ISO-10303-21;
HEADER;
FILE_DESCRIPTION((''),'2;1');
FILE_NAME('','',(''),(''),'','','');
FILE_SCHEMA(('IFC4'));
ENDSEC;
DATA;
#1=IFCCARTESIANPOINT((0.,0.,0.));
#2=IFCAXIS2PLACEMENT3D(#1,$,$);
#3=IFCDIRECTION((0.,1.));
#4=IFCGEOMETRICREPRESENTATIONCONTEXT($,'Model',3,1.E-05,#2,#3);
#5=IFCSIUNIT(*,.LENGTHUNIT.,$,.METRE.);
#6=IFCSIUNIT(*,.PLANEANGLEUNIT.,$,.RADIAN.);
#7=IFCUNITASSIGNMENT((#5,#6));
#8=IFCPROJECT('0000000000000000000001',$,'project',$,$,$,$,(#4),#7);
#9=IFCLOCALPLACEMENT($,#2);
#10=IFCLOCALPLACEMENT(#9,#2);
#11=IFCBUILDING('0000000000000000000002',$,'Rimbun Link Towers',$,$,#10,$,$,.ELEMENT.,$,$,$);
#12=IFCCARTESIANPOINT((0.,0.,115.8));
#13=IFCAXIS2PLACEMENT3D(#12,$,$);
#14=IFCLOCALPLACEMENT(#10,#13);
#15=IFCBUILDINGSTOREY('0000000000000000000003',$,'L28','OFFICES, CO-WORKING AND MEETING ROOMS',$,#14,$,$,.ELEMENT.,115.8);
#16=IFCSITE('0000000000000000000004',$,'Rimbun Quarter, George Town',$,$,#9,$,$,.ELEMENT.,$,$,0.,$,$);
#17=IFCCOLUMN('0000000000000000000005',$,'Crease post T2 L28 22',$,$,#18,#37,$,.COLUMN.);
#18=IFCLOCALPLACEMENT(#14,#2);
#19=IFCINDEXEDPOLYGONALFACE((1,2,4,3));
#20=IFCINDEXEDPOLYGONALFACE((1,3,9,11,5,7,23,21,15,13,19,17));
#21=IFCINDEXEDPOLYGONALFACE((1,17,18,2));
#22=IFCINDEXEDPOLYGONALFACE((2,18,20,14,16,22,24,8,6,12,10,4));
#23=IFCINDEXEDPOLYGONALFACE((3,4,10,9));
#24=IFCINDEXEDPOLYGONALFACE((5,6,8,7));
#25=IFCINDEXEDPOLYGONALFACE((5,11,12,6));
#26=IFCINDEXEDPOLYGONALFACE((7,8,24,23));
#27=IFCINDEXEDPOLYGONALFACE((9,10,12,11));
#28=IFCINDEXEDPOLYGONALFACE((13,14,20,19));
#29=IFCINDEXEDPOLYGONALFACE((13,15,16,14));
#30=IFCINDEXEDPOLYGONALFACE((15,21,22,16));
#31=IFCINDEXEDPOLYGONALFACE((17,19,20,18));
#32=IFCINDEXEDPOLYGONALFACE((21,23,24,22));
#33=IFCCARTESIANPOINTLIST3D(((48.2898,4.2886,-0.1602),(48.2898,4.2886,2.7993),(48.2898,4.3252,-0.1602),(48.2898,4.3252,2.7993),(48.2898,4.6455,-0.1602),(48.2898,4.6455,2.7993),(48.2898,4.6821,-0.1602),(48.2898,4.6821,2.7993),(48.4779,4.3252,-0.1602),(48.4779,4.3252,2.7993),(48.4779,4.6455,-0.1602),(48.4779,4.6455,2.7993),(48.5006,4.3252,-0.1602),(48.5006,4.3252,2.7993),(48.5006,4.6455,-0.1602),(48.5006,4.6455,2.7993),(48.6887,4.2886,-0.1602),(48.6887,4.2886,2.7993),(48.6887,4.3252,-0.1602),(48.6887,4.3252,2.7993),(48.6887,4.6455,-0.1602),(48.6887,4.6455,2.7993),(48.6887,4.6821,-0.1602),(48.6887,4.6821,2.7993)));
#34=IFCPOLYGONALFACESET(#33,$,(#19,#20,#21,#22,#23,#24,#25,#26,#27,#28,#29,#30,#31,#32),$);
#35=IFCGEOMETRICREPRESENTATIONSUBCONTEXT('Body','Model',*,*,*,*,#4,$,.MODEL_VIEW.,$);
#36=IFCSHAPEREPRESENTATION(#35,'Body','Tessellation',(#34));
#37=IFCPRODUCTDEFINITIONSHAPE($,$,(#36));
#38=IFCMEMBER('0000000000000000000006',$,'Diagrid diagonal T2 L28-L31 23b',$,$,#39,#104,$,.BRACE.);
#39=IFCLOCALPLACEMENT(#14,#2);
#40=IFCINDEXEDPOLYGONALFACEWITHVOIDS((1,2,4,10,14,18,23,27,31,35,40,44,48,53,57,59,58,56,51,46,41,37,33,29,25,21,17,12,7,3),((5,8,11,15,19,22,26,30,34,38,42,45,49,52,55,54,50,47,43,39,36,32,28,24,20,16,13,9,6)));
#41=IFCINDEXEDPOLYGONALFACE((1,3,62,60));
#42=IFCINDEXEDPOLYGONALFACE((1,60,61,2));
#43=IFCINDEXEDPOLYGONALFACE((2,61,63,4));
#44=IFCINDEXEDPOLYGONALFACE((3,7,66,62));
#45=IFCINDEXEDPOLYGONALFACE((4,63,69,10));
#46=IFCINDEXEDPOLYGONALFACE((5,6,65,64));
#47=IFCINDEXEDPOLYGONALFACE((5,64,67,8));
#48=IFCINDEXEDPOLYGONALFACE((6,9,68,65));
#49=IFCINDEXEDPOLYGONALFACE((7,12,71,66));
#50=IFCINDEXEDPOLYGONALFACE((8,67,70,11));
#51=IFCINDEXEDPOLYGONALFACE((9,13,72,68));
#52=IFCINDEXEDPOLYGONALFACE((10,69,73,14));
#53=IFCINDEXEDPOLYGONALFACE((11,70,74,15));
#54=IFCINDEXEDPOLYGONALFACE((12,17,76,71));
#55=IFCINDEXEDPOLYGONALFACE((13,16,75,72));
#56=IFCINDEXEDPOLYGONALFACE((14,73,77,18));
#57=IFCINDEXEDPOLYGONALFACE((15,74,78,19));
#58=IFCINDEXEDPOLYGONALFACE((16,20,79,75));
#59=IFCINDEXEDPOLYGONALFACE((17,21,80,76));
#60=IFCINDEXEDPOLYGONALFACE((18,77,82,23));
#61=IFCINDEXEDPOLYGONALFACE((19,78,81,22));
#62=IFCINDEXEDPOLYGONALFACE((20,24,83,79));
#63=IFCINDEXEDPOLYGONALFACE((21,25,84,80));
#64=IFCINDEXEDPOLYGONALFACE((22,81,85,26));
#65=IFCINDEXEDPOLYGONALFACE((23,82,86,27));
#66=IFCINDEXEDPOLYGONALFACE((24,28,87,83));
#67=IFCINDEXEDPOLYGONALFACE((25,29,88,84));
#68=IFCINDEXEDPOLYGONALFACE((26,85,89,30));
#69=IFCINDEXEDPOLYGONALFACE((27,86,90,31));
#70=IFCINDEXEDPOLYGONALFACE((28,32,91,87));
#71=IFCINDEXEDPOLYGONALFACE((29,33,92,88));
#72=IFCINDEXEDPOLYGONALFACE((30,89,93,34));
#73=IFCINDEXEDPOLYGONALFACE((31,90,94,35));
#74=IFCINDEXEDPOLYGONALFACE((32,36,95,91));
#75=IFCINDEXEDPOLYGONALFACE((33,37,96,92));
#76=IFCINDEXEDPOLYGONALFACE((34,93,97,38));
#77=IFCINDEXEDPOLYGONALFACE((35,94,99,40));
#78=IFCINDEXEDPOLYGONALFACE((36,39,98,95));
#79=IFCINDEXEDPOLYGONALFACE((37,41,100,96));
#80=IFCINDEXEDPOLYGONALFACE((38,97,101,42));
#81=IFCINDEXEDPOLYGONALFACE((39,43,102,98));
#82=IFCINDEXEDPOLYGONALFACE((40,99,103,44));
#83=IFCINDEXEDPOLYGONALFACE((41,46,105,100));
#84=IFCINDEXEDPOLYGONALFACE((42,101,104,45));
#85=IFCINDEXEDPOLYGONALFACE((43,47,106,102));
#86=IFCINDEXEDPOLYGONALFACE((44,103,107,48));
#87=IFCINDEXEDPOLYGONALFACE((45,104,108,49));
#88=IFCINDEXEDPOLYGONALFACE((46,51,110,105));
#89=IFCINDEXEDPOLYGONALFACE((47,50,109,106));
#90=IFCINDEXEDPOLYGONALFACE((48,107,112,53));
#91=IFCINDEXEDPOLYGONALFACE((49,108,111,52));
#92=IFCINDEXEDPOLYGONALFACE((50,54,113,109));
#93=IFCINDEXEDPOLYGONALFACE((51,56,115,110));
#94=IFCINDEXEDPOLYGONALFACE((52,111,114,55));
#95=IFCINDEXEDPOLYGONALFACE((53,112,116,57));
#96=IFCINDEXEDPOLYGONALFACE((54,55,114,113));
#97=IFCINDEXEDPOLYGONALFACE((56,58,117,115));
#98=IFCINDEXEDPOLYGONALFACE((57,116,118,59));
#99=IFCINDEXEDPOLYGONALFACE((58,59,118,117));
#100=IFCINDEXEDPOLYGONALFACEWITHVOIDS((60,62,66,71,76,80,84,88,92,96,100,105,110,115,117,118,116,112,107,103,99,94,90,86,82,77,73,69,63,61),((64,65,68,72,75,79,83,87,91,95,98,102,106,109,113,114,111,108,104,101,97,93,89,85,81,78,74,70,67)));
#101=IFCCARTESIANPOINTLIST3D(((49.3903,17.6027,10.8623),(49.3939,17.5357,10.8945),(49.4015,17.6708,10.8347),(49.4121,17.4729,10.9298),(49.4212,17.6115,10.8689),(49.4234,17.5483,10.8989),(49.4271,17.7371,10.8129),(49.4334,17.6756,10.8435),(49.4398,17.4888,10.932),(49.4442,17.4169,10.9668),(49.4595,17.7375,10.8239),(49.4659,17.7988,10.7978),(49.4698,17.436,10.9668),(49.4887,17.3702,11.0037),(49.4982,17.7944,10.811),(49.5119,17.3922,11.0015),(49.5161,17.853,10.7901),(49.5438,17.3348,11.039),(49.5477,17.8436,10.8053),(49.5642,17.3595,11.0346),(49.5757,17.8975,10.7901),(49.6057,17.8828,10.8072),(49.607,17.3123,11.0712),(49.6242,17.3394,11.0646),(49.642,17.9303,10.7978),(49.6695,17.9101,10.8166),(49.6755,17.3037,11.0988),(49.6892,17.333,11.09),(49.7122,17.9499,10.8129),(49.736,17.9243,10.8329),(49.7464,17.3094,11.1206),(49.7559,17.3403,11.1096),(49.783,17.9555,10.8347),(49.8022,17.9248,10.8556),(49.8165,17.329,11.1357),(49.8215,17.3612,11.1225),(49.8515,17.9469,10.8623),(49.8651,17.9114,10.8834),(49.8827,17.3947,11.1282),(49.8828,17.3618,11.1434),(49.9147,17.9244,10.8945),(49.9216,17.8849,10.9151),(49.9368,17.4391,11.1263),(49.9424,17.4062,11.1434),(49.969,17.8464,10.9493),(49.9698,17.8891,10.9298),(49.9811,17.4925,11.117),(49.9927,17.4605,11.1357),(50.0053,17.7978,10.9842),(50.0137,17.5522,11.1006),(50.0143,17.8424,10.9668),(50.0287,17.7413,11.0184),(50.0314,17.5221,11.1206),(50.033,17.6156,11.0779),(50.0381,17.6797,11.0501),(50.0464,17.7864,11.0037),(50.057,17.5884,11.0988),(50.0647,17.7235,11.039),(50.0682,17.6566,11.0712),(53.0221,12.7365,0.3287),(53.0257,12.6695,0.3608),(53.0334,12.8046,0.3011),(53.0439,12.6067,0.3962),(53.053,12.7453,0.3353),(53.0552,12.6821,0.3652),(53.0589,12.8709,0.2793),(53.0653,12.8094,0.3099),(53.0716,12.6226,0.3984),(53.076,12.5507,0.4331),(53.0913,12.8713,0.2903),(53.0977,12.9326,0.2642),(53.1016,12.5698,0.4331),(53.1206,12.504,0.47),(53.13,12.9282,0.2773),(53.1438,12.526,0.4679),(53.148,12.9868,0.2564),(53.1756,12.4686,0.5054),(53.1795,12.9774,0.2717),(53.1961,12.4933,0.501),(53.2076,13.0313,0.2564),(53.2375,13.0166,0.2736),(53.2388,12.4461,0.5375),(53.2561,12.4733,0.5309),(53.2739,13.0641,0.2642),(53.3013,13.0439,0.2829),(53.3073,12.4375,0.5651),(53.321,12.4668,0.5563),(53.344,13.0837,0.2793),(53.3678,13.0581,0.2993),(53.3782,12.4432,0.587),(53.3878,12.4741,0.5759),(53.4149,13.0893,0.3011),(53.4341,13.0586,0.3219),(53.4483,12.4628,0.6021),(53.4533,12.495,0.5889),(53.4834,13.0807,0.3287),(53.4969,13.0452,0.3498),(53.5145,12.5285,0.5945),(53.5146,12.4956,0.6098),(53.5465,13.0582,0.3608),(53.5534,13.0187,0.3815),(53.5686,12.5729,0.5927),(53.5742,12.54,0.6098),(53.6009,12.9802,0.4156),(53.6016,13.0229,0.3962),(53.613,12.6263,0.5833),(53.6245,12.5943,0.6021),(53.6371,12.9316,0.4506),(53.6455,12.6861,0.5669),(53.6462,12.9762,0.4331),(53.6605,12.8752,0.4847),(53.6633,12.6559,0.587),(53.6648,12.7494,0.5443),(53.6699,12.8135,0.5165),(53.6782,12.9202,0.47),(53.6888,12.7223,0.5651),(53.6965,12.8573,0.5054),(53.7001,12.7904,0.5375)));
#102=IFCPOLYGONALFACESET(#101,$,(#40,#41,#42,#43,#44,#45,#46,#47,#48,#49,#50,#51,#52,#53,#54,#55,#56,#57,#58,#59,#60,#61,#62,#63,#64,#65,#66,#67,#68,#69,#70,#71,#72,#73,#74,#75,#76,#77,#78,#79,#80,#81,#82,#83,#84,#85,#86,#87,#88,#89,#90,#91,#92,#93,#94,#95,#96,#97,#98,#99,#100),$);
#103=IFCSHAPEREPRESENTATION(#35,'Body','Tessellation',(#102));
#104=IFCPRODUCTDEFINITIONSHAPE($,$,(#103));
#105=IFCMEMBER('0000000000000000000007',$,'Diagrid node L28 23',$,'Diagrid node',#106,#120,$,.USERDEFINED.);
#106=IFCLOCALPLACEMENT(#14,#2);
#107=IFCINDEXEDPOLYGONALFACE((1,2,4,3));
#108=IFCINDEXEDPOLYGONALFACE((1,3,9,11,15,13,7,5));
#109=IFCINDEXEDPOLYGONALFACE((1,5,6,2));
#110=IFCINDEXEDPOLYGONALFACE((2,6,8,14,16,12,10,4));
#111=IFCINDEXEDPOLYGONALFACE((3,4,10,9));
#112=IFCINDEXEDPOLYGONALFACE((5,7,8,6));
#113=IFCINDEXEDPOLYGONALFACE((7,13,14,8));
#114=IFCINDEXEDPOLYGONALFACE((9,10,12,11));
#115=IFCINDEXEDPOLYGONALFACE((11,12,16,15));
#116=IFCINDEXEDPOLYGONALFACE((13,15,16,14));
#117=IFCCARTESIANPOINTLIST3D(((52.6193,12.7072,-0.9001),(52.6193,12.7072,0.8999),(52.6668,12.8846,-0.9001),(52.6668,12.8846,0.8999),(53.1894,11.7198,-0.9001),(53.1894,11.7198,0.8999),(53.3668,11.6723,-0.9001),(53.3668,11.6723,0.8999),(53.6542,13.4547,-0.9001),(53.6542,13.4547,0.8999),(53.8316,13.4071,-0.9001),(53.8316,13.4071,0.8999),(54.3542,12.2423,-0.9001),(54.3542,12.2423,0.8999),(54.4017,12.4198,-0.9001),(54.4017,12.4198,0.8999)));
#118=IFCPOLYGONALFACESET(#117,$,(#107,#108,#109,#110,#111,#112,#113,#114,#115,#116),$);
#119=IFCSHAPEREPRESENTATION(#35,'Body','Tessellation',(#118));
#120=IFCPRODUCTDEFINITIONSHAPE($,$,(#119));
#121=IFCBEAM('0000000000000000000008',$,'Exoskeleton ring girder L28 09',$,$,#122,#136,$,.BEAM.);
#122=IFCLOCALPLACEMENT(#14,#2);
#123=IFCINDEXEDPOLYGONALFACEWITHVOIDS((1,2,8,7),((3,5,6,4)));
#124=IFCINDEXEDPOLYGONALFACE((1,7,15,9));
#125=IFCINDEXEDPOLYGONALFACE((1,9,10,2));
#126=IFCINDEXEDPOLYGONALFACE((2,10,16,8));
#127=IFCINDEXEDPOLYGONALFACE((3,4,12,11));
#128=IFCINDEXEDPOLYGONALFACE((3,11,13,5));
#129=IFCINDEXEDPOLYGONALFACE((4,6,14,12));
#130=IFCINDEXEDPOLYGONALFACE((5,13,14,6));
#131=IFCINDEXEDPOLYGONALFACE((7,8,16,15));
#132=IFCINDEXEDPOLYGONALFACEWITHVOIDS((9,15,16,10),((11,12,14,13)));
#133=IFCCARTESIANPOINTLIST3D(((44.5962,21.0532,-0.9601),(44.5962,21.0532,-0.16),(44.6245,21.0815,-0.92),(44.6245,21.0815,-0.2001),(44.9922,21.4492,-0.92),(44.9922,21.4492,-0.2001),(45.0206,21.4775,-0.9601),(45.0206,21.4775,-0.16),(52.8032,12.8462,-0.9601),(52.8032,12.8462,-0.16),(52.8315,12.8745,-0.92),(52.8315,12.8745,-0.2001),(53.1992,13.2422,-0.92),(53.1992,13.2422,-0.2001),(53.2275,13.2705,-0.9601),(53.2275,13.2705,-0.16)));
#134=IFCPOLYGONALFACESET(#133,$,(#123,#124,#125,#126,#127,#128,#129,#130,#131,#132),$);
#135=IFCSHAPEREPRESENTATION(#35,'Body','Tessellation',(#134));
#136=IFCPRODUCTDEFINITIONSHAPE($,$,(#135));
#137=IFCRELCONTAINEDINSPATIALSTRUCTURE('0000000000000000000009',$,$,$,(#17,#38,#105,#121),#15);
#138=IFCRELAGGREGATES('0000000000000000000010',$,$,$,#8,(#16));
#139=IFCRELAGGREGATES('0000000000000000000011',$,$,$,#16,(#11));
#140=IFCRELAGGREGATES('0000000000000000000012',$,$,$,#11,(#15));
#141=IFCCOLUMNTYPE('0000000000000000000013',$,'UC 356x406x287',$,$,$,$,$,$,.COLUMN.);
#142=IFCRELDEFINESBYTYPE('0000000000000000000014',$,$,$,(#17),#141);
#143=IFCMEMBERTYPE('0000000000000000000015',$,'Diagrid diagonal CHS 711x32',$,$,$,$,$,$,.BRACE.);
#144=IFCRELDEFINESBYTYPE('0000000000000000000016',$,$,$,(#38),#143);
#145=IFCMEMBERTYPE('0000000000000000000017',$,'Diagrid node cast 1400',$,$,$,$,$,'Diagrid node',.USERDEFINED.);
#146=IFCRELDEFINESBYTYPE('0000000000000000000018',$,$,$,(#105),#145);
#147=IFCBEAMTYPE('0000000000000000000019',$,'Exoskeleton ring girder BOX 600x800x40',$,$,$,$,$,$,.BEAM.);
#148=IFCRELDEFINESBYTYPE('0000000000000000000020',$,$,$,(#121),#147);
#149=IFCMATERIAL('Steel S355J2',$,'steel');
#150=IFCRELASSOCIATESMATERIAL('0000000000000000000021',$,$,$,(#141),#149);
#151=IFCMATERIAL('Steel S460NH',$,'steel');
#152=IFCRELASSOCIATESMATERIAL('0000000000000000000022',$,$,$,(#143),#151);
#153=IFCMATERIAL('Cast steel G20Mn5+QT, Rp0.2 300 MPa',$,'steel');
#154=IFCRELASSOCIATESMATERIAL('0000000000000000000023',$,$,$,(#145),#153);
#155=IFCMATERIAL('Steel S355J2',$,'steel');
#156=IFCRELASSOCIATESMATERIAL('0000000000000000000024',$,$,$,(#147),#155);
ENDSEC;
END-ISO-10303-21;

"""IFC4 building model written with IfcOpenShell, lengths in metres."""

from ifc_helpers import new_model, si_unit, direction, frame, origin, origin_2d, place, context, subcontext, project, spatial, polyline, hollow_rectangle, hollow_circle, i_section, outline, extrude, material, material_profile, profile_set, type_object, element, save


model = new_model("IFC4")

# Units and contexts
model_context = context("Model", 3, precision=1e-05, world=origin(), true_north=direction((0.0, 1.0)))
body_context = subcontext(model_context, "Body", "Model", "MODEL_VIEW")
ifc_project = project(units=[si_unit("LENGTHUNIT", "METRE"), si_unit("PLANEANGLEUNIT", "RADIAN")], contexts=[model_context])

# Site, building, storey
site_placement = place(None, origin())
site = spatial("IfcSite", under=ifc_project, at=site_placement, Name="Rimbun Quarter, George Town", CompositionType="ELEMENT", RefElevation=0.0)
building_placement = place(site_placement, origin())
building = spatial("IfcBuilding", under=site, at=building_placement, Name="Rimbun Link Towers", CompositionType="ELEMENT")
storey_placement = place(building_placement, frame((0.0, 0.0, 115.8)))
storey = spatial("IfcBuildingStorey", under=building, at=storey_placement, Name="L28", Description="OFFICES, CO-WORKING AND MEETING ROOMS", CompositionType="ELEMENT", Elevation=115.8)

# Column
ifc_material_1 = material(Name="Steel S355J2", Category="steel")
ifc_material_profile_1 = material_profile(ifc_material_1, i_section(OverallWidth=0.3989, OverallDepth=0.3936, WebThickness=0.0227, FlangeThickness=0.0366, at=origin_2d()), Name="UC 356x406x287")
ifc_profile_set_1 = profile_set([ifc_material_profile_1], Name="Steel S355J2")
column_type = type_object("IfcColumnType", Name="UC 356x406x287", PredefinedType="COLUMN", material=ifc_profile_set_1)
column_placement = place(storey_placement, frame((48.4893, 4.4854, -0.1602), z_axis=(0.0, 0.0, 1.0), x_axis=(1.0, 0.0, 0.0)))
element("IfcColumn", 1, at=column_placement, inside=storey, type_object=column_type, Name="Crease post T2 L28 22", PredefinedType="COLUMN", context=body_context, shape_type="SweptSolid", body=[
    extrude(i_section(OverallWidth=0.3989, OverallDepth=0.3936, WebThickness=0.0227, FlangeThickness=0.0366, at=origin_2d()), origin(), (0.0, 0.0, 1.0), 2.9595),
])

# Members
ifc_material_2 = material(Name="Steel S460NH", Category="steel")
ifc_material_profile_2 = material_profile(ifc_material_2, hollow_circle(Radius=0.3557, WallThickness=0.032, at=origin_2d()), Name="Diagrid diagonal CHS 711x32")
ifc_profile_set_2 = profile_set([ifc_material_profile_2], Name="Steel S460NH")
member_type_1 = type_object("IfcMemberType", Name="Diagrid diagonal CHS 711x32", PredefinedType="BRACE", material=ifc_profile_set_2)
member_1_placement = place(storey_placement, frame((53.3611, 12.7634, 0.4331), z_axis=(-0.298708, 0.400231, 0.866365), x_axis=(-0.801407, -0.59812, 0.0)))
element("IfcMember", 2, at=member_1_placement, inside=storey, type_object=member_type_1, Name="Diagrid diagonal T2 L28-L31 23b", PredefinedType="BRACE", context=body_context, shape_type="SweptSolid", body=[
    extrude(hollow_circle(Radius=0.3557, WallThickness=0.032, at=origin_2d()), origin(), (0.0, 0.0, 1.0), 12.1584),
])
ifc_material_3 = material(Name="Cast steel G20Mn5+QT, Rp0.2 300 MPa", Category="steel")
ifc_material_profile_3 = material_profile(ifc_material_3, outline(polyline([(0.7, -0.5701), (0.7, 0.5701), (0.5701, 0.7), (-0.5701, 0.7), (-0.7, 0.5701), (-0.7, -0.5701), (-0.5701, -0.7), (0.5701, -0.7), (0.7, -0.5701)])), Name="NODE 1400x1400")
ifc_profile_set_3 = profile_set([ifc_material_profile_3], Name="Cast steel G20Mn5+QT, Rp0.2 300 MPa")
member_type_2 = type_object("IfcMemberType", Name="Diagrid node cast 1400", ElementType="Diagrid node", PredefinedType="USERDEFINED", material=ifc_profile_set_3)
member_2_placement = place(storey_placement, frame((53.5105, 12.5635, -0.9001), z_axis=(0.0, 0.0, 1.0), x_axis=(0.866025, 0.5, 0.0)))
element("IfcMember", 3, at=member_2_placement, inside=storey, type_object=member_type_2, Name="Diagrid node L28 23", ObjectType="Diagrid node", PredefinedType="USERDEFINED", context=body_context, shape_type="SweptSolid", body=[
    extrude(outline(polyline([(0.7, -0.5701), (0.7, 0.5701), (0.5701, 0.7), (-0.5701, 0.7), (-0.7, 0.5701), (-0.7, -0.5701), (-0.5701, -0.7), (0.5701, -0.7), (0.7, -0.5701)])), origin(), (0.0, 0.0, 1.0), 1.8),
])

# Beam
ifc_material_4 = material(Name="Steel S355J2", Category="steel")
ifc_material_profile_4 = material_profile(ifc_material_4, hollow_rectangle(XDim=0.6001, YDim=0.8, WallThickness=0.04, at=origin_2d()), Name="Exoskeleton ring girder BOX 600x800x40")
ifc_profile_set_4 = profile_set([ifc_material_profile_4], Name="Steel S355J2")
beam_type_1 = type_object("IfcBeamType", Name="Exoskeleton ring girder BOX 600x800x40", PredefinedType="BEAM", material=ifc_profile_set_4)
beam_1_placement = place(storey_placement, frame((53.0154, 13.0583, -0.5601), z_axis=(-0.707107, 0.707107, 0.0), x_axis=(-0.707107, -0.707107, 0.0)))
element("IfcBeam", 4, at=beam_1_placement, inside=storey, type_object=beam_type_1, Name="Exoskeleton ring girder L28 09", PredefinedType="BEAM", context=body_context, shape_type="SweptSolid", body=[
    extrude(hollow_rectangle(XDim=0.6001, YDim=0.8, WallThickness=0.04, at=origin_2d()), origin(), (0.0, 0.0, 1.0), 11.6064),
])

save(model, "model.ifc")
